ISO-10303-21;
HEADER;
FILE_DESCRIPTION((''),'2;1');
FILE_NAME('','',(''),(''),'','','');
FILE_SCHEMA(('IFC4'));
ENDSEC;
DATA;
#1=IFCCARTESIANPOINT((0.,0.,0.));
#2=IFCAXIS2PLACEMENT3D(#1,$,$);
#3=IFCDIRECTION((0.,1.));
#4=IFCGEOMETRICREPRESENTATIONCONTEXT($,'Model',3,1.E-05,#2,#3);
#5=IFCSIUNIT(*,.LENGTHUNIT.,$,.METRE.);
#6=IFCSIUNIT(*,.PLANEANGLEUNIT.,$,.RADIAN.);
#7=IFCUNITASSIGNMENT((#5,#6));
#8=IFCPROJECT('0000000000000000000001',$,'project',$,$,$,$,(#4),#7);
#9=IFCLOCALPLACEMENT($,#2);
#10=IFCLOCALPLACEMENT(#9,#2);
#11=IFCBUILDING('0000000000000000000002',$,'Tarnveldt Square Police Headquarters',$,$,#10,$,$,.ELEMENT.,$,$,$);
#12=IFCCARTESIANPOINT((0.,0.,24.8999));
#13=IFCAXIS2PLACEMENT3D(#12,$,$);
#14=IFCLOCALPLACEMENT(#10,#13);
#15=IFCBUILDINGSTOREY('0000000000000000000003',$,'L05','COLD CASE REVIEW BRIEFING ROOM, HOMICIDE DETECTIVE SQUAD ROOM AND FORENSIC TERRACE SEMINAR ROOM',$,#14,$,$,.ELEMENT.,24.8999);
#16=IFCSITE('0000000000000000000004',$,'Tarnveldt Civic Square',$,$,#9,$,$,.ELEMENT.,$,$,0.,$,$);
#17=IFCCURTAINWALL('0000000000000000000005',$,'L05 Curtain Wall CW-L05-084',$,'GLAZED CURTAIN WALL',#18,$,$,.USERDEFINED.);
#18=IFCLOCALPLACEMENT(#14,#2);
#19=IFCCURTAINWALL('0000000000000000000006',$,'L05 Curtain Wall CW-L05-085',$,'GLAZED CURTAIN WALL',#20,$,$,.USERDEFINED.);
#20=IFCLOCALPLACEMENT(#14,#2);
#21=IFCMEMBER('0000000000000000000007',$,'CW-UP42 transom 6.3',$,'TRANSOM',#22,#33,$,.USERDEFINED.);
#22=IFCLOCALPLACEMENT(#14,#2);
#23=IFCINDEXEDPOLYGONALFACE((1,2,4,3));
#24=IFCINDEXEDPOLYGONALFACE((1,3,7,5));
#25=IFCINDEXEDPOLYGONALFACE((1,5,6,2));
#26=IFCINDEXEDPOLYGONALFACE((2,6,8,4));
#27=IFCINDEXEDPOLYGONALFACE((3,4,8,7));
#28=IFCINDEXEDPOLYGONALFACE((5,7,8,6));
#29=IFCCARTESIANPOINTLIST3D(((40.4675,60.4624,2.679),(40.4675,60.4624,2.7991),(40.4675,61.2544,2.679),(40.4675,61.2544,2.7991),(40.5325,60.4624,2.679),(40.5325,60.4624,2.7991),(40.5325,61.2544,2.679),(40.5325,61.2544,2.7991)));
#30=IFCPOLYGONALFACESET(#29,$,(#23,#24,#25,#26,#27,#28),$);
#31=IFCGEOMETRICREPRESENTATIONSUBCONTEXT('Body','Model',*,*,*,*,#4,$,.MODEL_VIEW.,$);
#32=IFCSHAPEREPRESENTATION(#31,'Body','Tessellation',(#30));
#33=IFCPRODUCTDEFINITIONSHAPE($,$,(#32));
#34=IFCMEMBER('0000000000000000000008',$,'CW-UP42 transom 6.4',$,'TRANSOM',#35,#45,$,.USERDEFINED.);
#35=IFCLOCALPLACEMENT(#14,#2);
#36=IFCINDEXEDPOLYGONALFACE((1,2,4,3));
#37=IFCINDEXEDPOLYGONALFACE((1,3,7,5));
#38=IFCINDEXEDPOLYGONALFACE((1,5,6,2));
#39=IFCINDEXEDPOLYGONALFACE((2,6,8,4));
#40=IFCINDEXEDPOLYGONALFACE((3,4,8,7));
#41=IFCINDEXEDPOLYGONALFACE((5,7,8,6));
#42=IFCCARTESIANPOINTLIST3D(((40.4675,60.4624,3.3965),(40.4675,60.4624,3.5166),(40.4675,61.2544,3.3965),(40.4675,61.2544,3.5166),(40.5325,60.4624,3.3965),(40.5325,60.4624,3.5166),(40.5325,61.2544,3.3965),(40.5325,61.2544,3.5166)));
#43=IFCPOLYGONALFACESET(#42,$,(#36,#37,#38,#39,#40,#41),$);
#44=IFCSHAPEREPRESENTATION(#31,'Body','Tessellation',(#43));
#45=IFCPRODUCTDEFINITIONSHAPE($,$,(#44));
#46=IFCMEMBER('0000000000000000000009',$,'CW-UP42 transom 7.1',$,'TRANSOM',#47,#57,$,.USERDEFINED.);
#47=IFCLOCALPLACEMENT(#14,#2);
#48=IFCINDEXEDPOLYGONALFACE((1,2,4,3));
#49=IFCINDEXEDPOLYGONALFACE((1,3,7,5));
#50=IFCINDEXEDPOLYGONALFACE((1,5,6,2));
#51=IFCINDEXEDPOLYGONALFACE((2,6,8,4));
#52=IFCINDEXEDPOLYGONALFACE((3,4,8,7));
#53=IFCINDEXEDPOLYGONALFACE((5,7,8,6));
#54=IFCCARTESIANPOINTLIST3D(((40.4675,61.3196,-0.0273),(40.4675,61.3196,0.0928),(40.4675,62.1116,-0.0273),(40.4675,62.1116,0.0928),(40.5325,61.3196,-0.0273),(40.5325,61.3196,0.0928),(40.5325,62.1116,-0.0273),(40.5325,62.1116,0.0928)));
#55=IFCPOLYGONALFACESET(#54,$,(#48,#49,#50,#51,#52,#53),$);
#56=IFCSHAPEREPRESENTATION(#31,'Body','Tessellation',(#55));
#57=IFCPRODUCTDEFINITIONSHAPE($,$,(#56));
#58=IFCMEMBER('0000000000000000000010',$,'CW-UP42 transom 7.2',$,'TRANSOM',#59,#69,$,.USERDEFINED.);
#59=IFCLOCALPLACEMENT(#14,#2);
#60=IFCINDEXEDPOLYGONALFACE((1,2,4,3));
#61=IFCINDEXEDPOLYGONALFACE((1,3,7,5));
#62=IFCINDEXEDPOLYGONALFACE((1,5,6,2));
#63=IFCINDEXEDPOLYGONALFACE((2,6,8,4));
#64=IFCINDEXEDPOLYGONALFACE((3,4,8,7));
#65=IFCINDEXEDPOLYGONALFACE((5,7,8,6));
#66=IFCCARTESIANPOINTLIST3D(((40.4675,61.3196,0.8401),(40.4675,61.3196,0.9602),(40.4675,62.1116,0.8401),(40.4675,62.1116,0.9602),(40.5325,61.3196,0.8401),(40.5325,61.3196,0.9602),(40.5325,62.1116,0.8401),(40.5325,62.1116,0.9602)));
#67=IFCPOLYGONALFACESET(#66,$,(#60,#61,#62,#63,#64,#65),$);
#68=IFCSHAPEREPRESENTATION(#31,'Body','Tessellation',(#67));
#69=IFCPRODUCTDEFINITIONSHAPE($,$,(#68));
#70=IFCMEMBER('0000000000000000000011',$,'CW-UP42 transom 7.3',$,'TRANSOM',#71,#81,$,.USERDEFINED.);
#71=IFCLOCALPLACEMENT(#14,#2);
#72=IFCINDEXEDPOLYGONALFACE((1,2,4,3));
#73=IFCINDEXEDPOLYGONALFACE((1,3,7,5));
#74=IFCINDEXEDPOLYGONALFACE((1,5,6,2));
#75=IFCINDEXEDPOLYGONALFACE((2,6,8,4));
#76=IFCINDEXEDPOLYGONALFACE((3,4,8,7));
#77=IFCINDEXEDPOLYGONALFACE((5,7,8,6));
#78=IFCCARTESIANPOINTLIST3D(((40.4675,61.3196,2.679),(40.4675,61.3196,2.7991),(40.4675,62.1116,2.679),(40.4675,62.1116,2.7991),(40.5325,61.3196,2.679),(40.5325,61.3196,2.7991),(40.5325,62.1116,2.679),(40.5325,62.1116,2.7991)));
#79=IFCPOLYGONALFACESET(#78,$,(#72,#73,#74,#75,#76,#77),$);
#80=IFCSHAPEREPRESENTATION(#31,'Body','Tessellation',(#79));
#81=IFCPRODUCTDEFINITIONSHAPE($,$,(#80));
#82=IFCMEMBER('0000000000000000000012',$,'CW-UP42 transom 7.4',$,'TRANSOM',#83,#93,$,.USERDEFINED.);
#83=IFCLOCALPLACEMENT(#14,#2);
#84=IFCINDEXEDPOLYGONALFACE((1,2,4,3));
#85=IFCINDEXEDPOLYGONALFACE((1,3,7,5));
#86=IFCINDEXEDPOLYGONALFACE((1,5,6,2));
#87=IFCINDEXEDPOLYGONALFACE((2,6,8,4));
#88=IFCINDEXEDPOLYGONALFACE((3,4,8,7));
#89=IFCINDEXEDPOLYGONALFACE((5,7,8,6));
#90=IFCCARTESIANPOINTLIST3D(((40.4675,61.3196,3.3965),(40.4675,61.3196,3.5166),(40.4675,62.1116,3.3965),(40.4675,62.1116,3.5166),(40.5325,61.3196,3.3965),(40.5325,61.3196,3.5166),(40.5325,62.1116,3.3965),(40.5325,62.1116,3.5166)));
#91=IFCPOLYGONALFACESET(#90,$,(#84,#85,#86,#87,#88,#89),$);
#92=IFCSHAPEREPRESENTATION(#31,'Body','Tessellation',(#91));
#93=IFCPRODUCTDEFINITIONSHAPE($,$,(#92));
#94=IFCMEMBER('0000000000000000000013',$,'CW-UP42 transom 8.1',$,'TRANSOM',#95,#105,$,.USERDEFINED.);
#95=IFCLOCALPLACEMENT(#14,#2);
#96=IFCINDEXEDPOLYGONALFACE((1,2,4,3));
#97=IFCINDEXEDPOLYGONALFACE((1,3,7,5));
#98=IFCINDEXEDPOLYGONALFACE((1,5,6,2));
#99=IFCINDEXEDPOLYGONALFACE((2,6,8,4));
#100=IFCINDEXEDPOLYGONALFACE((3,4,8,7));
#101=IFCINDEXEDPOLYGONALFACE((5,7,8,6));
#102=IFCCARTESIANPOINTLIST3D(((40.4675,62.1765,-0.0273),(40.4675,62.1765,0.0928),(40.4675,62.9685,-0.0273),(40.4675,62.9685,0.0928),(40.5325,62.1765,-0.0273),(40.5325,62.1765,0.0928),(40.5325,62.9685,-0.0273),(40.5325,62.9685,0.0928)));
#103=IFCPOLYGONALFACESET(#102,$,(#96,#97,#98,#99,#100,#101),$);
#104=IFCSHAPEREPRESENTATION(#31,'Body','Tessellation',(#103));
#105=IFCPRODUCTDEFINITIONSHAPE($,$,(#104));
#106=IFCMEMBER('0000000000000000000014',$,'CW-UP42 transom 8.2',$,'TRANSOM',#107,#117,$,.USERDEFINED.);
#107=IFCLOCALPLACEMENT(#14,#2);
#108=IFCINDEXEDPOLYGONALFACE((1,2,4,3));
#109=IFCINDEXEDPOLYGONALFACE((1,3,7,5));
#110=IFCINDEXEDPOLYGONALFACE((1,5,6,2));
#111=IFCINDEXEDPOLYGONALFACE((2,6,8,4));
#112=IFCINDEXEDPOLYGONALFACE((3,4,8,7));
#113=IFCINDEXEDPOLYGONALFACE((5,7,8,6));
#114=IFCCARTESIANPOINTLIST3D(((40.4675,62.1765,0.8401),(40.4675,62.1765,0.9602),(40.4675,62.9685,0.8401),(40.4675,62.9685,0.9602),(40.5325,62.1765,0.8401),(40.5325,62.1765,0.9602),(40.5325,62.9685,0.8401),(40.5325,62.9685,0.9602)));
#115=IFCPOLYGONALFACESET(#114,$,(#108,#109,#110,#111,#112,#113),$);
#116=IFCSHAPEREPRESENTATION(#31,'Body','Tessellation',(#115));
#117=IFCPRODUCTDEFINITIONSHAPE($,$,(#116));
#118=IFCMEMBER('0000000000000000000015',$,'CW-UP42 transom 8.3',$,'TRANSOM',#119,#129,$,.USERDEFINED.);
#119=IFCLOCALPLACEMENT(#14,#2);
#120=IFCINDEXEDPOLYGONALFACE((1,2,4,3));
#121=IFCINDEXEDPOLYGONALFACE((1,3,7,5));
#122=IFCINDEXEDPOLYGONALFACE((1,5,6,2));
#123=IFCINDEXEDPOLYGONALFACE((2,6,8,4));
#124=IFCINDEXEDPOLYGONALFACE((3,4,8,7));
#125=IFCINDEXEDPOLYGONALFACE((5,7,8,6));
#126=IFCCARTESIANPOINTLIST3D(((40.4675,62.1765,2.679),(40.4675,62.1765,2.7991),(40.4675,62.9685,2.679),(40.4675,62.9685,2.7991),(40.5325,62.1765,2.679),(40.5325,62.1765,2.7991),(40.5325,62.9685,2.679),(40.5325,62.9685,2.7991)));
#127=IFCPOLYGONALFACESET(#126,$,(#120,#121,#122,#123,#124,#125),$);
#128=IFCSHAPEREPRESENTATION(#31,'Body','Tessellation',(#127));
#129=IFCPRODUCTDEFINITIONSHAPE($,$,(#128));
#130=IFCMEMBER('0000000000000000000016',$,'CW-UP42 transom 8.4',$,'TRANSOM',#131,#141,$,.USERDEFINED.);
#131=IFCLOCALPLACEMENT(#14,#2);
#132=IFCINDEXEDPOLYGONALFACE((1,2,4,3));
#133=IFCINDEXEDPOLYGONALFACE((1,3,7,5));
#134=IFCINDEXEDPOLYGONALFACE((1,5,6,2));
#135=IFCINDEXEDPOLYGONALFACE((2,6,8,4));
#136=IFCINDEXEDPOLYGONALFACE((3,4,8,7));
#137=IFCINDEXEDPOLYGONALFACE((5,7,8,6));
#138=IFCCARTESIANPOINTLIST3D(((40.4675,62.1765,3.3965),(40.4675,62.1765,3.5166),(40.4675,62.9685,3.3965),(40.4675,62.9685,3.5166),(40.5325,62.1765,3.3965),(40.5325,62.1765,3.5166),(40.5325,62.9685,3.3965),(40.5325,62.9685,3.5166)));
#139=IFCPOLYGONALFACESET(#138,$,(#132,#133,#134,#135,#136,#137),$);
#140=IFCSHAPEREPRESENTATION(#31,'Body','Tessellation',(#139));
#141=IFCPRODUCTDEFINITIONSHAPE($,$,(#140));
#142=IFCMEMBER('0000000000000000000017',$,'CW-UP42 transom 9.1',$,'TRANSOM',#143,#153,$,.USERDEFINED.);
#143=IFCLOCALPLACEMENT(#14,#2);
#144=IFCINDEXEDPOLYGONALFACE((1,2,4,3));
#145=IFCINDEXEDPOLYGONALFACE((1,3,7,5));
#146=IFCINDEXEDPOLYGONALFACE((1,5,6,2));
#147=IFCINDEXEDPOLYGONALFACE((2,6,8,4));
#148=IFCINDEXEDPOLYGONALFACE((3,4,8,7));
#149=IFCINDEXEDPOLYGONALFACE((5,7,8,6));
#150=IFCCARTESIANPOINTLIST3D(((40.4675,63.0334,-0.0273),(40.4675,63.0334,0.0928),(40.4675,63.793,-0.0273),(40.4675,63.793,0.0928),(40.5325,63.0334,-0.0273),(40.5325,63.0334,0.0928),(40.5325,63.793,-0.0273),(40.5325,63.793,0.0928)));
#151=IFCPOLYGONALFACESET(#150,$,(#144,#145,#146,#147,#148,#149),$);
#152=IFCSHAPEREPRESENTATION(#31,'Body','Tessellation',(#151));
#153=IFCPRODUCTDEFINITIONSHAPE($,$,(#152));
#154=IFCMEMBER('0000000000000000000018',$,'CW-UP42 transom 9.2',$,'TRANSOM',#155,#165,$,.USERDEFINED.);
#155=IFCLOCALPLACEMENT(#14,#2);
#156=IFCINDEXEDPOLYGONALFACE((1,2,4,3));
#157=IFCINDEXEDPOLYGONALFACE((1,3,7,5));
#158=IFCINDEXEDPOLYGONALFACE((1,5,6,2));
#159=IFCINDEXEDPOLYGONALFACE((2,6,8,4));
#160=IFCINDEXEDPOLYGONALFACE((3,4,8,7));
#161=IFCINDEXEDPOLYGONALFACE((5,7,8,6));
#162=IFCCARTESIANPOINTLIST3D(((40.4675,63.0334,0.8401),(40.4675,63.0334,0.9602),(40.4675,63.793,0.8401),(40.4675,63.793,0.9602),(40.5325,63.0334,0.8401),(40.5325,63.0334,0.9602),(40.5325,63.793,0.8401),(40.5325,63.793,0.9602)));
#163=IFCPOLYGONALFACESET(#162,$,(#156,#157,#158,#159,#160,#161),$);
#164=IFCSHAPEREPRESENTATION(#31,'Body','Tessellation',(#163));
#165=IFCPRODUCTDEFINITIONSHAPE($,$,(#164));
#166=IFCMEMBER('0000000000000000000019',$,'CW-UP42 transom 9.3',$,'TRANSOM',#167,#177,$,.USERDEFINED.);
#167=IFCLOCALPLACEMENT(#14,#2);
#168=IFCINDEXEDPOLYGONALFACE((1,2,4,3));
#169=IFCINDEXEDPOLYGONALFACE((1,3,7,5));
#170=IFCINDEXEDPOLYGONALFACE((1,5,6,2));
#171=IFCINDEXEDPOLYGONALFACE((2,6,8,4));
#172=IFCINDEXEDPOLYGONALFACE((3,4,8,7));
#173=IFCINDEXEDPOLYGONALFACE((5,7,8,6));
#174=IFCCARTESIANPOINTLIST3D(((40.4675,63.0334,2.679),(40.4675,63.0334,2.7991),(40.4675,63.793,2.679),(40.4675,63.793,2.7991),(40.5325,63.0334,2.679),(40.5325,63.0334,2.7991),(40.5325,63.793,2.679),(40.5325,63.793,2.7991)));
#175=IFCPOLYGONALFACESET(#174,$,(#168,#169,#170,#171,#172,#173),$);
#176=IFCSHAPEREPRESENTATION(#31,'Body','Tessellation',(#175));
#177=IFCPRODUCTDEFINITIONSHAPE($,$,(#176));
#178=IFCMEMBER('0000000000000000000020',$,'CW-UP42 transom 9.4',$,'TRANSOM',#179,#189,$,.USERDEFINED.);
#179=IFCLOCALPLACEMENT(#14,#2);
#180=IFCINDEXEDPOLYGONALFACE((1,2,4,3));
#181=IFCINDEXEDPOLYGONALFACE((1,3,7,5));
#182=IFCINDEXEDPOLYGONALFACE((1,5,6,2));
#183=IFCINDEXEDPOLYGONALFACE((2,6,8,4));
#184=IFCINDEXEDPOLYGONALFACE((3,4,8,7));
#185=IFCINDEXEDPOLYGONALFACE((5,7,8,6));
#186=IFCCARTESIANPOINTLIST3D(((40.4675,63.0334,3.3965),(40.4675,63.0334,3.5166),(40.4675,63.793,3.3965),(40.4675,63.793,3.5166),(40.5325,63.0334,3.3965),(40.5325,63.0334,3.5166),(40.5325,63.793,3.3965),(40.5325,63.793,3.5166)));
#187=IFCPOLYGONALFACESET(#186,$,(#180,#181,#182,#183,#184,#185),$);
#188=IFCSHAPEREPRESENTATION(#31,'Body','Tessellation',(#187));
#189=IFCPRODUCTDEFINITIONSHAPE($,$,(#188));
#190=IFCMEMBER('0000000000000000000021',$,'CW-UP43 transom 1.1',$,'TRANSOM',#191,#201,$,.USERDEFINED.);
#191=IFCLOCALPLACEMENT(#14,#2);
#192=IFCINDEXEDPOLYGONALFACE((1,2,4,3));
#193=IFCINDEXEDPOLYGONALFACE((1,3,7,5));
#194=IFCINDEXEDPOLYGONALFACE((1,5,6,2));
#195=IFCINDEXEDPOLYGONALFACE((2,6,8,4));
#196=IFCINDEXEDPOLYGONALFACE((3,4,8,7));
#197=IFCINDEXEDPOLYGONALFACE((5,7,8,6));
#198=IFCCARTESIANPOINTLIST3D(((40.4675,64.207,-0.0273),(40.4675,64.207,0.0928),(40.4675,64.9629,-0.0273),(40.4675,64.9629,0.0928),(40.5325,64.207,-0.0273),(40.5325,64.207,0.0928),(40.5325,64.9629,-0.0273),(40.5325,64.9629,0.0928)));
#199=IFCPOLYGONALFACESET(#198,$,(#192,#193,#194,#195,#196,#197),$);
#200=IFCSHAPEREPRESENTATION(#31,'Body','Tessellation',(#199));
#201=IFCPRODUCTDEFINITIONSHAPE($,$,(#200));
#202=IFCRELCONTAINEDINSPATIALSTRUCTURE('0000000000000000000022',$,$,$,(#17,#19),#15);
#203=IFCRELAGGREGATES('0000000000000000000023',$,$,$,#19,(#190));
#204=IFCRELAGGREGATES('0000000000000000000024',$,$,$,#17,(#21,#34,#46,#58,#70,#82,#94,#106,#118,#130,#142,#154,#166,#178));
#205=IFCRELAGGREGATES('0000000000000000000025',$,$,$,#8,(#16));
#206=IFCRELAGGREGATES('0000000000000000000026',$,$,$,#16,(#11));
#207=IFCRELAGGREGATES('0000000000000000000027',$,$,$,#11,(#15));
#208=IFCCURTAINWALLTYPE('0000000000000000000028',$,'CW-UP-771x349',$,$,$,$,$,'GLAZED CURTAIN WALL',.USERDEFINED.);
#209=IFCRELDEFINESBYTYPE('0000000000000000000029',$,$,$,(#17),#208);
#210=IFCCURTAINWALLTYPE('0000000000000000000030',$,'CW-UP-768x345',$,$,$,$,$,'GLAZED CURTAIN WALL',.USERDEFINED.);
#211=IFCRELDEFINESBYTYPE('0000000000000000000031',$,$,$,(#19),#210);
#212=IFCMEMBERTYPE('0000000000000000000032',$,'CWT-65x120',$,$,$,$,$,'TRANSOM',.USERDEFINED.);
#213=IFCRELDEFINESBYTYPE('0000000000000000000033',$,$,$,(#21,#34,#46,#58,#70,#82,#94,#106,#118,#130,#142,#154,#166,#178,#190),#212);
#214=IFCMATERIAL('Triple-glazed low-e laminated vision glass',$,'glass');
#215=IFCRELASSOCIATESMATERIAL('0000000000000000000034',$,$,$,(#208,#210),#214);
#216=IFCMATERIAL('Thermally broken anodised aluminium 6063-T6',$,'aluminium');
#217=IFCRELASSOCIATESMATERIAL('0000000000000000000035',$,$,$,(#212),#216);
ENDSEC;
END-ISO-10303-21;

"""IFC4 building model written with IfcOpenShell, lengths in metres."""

from ifc_helpers import new_model, si_unit, direction, frame, origin, origin_2d, place, context, subcontext, project, spatial, rectangle, extrude, material, material_profile, profile_set, type_object, element, aggregate, save


model = new_model("IFC4")

# Units and contexts
model_context = context("Model", 3, precision=1e-05, world=origin(), true_north=direction((0.0, 1.0)))
body_context = subcontext(model_context, "Body", "Model", "MODEL_VIEW")
ifc_project = project(units=[si_unit("LENGTHUNIT", "METRE"), si_unit("PLANEANGLEUNIT", "RADIAN")], contexts=[model_context])

# Site, building, storey
site_placement = place(None, origin())
site = spatial("IfcSite", under=ifc_project, at=site_placement, Name="Tarnveldt Civic Square", CompositionType="ELEMENT", RefElevation=0.0)
building_placement = place(site_placement, origin())
building = spatial("IfcBuilding", under=site, at=building_placement, Name="Tarnveldt Square Police Headquarters", CompositionType="ELEMENT")
storey_placement = place(building_placement, frame((0.0, 0.0, 24.8999)))
storey = spatial("IfcBuildingStorey", under=building, at=storey_placement, Name="L05", Description="COLD CASE REVIEW BRIEFING ROOM, HOMICIDE DETECTIVE SQUAD ROOM AND FORENSIC TERRACE SEMINAR ROOM", CompositionType="ELEMENT", Elevation=24.8999)

# Curtain wall
ifc_material_1 = material(Name="Triple-glazed low-e laminated vision glass", Category="glass")
curtain_wall_type_1 = type_object("IfcCurtainWallType", Name="CW-UP-771x349", ElementType="GLAZED CURTAIN WALL", PredefinedType="USERDEFINED", material=ifc_material_1)
curtain_wall_1_placement = place(storey_placement, origin())
curtain_wall_1 = element("IfcCurtainWall", 1, at=curtain_wall_1_placement, inside=storey, type_object=curtain_wall_type_1, Name="L05 Curtain Wall CW-L05-084", ObjectType="GLAZED CURTAIN WALL", PredefinedType="USERDEFINED")
ifc_material_2 = material(Name="Thermally broken anodised aluminium 6063-T6", Category="aluminium")

# Curtain wall
curtain_wall_type_2 = type_object("IfcCurtainWallType", Name="CW-UP-768x345", ElementType="GLAZED CURTAIN WALL", PredefinedType="USERDEFINED", material=ifc_material_1)
curtain_wall_2_placement = place(storey_placement, origin())
curtain_wall_2 = element("IfcCurtainWall", 2, at=curtain_wall_2_placement, inside=storey, type_object=curtain_wall_type_2, Name="L05 Curtain Wall CW-L05-085", ObjectType="GLAZED CURTAIN WALL", PredefinedType="USERDEFINED")

# Members
ifc_material_profile_1 = material_profile(ifc_material_2, rectangle(XDim=0.0649, YDim=0.1201, at=origin_2d()), Name="CW-T65x120")
ifc_profile_set_1 = profile_set([ifc_material_profile_1], Name="Thermally broken anodised aluminium 6063-T6")
member_type_1 = type_object("IfcMemberType", Name="CWT-65x120", ElementType="TRANSOM", PredefinedType="USERDEFINED", material=ifc_profile_set_1)
member_1_placement = place(storey_placement, frame((40.5, 60.4624, 2.739), z_axis=(0.0, 1.0, 0.0), x_axis=(-1.0, 0.0, 0.0)))
member_1 = element("IfcMember", 3, at=member_1_placement, type_object=member_type_1, Name="CW-UP42 transom 6.3", ObjectType="TRANSOM", PredefinedType="USERDEFINED", context=body_context, shape_type="SweptSolid", body=[
    extrude(rectangle(XDim=0.0649, YDim=0.1201, at=origin_2d()), origin(), (0.0, 0.0, 1.0), 0.792),
])
member_2_placement = place(storey_placement, frame((40.5, 60.4624, 3.4565), z_axis=(0.0, 1.0, 0.0), x_axis=(-1.0, 0.0, 0.0)))
member_2 = element("IfcMember", 4, at=member_2_placement, type_object=member_type_1, Name="CW-UP42 transom 6.4", ObjectType="TRANSOM", PredefinedType="USERDEFINED", context=body_context, shape_type="SweptSolid", body=[
    extrude(rectangle(XDim=0.0649, YDim=0.1201, at=origin_2d()), origin(), (0.0, 0.0, 1.0), 0.792),
])
member_3_placement = place(storey_placement, frame((40.5, 61.3196, 0.0327), z_axis=(0.0, 1.0, 0.0), x_axis=(-1.0, 0.0, 0.0)))
member_3 = element("IfcMember", 5, at=member_3_placement, type_object=member_type_1, Name="CW-UP42 transom 7.1", ObjectType="TRANSOM", PredefinedType="USERDEFINED", context=body_context, shape_type="SweptSolid", body=[
    extrude(rectangle(XDim=0.0649, YDim=0.1201, at=origin_2d()), origin(), (0.0, 0.0, 1.0), 0.792),
])
member_4_placement = place(storey_placement, frame((40.5, 61.3196, 0.9001), z_axis=(0.0, 1.0, 0.0), x_axis=(-1.0, 0.0, 0.0)))
member_4 = element("IfcMember", 6, at=member_4_placement, type_object=member_type_1, Name="CW-UP42 transom 7.2", ObjectType="TRANSOM", PredefinedType="USERDEFINED", context=body_context, shape_type="SweptSolid", body=[
    extrude(rectangle(XDim=0.0649, YDim=0.1201, at=origin_2d()), origin(), (0.0, 0.0, 1.0), 0.792),
])
member_5_placement = place(storey_placement, frame((40.5, 61.3196, 2.739), z_axis=(0.0, 1.0, 0.0), x_axis=(-1.0, 0.0, 0.0)))
member_5 = element("IfcMember", 7, at=member_5_placement, type_object=member_type_1, Name="CW-UP42 transom 7.3", ObjectType="TRANSOM", PredefinedType="USERDEFINED", context=body_context, shape_type="SweptSolid", body=[
    extrude(rectangle(XDim=0.0649, YDim=0.1201, at=origin_2d()), origin(), (0.0, 0.0, 1.0), 0.792),
])
member_6_placement = place(storey_placement, frame((40.5, 61.3196, 3.4565), z_axis=(0.0, 1.0, 0.0), x_axis=(-1.0, 0.0, 0.0)))
member_6 = element("IfcMember", 8, at=member_6_placement, type_object=member_type_1, Name="CW-UP42 transom 7.4", ObjectType="TRANSOM", PredefinedType="USERDEFINED", context=body_context, shape_type="SweptSolid", body=[
    extrude(rectangle(XDim=0.0649, YDim=0.1201, at=origin_2d()), origin(), (0.0, 0.0, 1.0), 0.792),
])
member_7_placement = place(storey_placement, frame((40.5, 62.1765, 0.0327), z_axis=(0.0, 1.0, 0.0), x_axis=(-1.0, 0.0, 0.0)))
member_7 = element("IfcMember", 9, at=member_7_placement, type_object=member_type_1, Name="CW-UP42 transom 8.1", ObjectType="TRANSOM", PredefinedType="USERDEFINED", context=body_context, shape_type="SweptSolid", body=[
    extrude(rectangle(XDim=0.0649, YDim=0.1201, at=origin_2d()), origin(), (0.0, 0.0, 1.0), 0.792),
])
member_8_placement = place(storey_placement, frame((40.5, 62.1765, 0.9001), z_axis=(0.0, 1.0, 0.0), x_axis=(-1.0, 0.0, 0.0)))
member_8 = element("IfcMember", 10, at=member_8_placement, type_object=member_type_1, Name="CW-UP42 transom 8.2", ObjectType="TRANSOM", PredefinedType="USERDEFINED", context=body_context, shape_type="SweptSolid", body=[
    extrude(rectangle(XDim=0.0649, YDim=0.1201, at=origin_2d()), origin(), (0.0, 0.0, 1.0), 0.792),
])
member_9_placement = place(storey_placement, frame((40.5, 62.1765, 2.739), z_axis=(0.0, 1.0, 0.0), x_axis=(-1.0, 0.0, 0.0)))
member_9 = element("IfcMember", 11, at=member_9_placement, type_object=member_type_1, Name="CW-UP42 transom 8.3", ObjectType="TRANSOM", PredefinedType="USERDEFINED", context=body_context, shape_type="SweptSolid", body=[
    extrude(rectangle(XDim=0.0649, YDim=0.1201, at=origin_2d()), origin(), (0.0, 0.0, 1.0), 0.792),
])
member_10_placement = place(storey_placement, frame((40.5, 62.1765, 3.4565), z_axis=(0.0, 1.0, 0.0), x_axis=(-1.0, 0.0, 0.0)))
member_10 = element("IfcMember", 12, at=member_10_placement, type_object=member_type_1, Name="CW-UP42 transom 8.4", ObjectType="TRANSOM", PredefinedType="USERDEFINED", context=body_context, shape_type="SweptSolid", body=[
    extrude(rectangle(XDim=0.0649, YDim=0.1201, at=origin_2d()), origin(), (0.0, 0.0, 1.0), 0.792),
])
member_11_placement = place(storey_placement, frame((40.5, 63.0334, 0.0327), z_axis=(0.0, 1.0, 0.0), x_axis=(-1.0, 0.0, 0.0)))
member_11 = element("IfcMember", 13, at=member_11_placement, type_object=member_type_1, Name="CW-UP42 transom 9.1", ObjectType="TRANSOM", PredefinedType="USERDEFINED", context=body_context, shape_type="SweptSolid", body=[
    extrude(rectangle(XDim=0.0649, YDim=0.1201, at=origin_2d()), origin(), (0.0, 0.0, 1.0), 0.7595),
])
member_12_placement = place(storey_placement, frame((40.5, 63.0334, 0.9001), z_axis=(0.0, 1.0, 0.0), x_axis=(-1.0, 0.0, 0.0)))
member_12 = element("IfcMember", 14, at=member_12_placement, type_object=member_type_1, Name="CW-UP42 transom 9.2", ObjectType="TRANSOM", PredefinedType="USERDEFINED", context=body_context, shape_type="SweptSolid", body=[
    extrude(rectangle(XDim=0.0649, YDim=0.1201, at=origin_2d()), origin(), (0.0, 0.0, 1.0), 0.7595),
])
member_13_placement = place(storey_placement, frame((40.5, 63.0334, 2.739), z_axis=(0.0, 1.0, 0.0), x_axis=(-1.0, 0.0, 0.0)))
member_13 = element("IfcMember", 15, at=member_13_placement, type_object=member_type_1, Name="CW-UP42 transom 9.3", ObjectType="TRANSOM", PredefinedType="USERDEFINED", context=body_context, shape_type="SweptSolid", body=[
    extrude(rectangle(XDim=0.0649, YDim=0.1201, at=origin_2d()), origin(), (0.0, 0.0, 1.0), 0.7595),
])
member_14_placement = place(storey_placement, frame((40.5, 63.0334, 3.4565), z_axis=(0.0, 1.0, 0.0), x_axis=(-1.0, 0.0, 0.0)))
member_14 = element("IfcMember", 16, at=member_14_placement, type_object=member_type_1, Name="CW-UP42 transom 9.4", ObjectType="TRANSOM", PredefinedType="USERDEFINED", context=body_context, shape_type="SweptSolid", body=[
    extrude(rectangle(XDim=0.0649, YDim=0.1201, at=origin_2d()), origin(), (0.0, 0.0, 1.0), 0.7595),
])
member_15_placement = place(storey_placement, frame((40.5, 64.207, 0.0327), z_axis=(0.0, 1.0, 0.0), x_axis=(-1.0, 0.0, 0.0)))
member_15 = element("IfcMember", 17, at=member_15_placement, type_object=member_type_1, Name="CW-UP43 transom 1.1", ObjectType="TRANSOM", PredefinedType="USERDEFINED", context=body_context, shape_type="SweptSolid", body=[
    extrude(rectangle(XDim=0.0649, YDim=0.1201, at=origin_2d()), origin(), (0.0, 0.0, 1.0), 0.7559),
])
aggregate(curtain_wall_2, [member_15])

aggregate(curtain_wall_1, [member_1, member_2, member_3, member_4, member_5, member_6, member_7, member_8, member_9, member_10, member_11, member_12, member_13, member_14])

save(model, "model.ifc")
